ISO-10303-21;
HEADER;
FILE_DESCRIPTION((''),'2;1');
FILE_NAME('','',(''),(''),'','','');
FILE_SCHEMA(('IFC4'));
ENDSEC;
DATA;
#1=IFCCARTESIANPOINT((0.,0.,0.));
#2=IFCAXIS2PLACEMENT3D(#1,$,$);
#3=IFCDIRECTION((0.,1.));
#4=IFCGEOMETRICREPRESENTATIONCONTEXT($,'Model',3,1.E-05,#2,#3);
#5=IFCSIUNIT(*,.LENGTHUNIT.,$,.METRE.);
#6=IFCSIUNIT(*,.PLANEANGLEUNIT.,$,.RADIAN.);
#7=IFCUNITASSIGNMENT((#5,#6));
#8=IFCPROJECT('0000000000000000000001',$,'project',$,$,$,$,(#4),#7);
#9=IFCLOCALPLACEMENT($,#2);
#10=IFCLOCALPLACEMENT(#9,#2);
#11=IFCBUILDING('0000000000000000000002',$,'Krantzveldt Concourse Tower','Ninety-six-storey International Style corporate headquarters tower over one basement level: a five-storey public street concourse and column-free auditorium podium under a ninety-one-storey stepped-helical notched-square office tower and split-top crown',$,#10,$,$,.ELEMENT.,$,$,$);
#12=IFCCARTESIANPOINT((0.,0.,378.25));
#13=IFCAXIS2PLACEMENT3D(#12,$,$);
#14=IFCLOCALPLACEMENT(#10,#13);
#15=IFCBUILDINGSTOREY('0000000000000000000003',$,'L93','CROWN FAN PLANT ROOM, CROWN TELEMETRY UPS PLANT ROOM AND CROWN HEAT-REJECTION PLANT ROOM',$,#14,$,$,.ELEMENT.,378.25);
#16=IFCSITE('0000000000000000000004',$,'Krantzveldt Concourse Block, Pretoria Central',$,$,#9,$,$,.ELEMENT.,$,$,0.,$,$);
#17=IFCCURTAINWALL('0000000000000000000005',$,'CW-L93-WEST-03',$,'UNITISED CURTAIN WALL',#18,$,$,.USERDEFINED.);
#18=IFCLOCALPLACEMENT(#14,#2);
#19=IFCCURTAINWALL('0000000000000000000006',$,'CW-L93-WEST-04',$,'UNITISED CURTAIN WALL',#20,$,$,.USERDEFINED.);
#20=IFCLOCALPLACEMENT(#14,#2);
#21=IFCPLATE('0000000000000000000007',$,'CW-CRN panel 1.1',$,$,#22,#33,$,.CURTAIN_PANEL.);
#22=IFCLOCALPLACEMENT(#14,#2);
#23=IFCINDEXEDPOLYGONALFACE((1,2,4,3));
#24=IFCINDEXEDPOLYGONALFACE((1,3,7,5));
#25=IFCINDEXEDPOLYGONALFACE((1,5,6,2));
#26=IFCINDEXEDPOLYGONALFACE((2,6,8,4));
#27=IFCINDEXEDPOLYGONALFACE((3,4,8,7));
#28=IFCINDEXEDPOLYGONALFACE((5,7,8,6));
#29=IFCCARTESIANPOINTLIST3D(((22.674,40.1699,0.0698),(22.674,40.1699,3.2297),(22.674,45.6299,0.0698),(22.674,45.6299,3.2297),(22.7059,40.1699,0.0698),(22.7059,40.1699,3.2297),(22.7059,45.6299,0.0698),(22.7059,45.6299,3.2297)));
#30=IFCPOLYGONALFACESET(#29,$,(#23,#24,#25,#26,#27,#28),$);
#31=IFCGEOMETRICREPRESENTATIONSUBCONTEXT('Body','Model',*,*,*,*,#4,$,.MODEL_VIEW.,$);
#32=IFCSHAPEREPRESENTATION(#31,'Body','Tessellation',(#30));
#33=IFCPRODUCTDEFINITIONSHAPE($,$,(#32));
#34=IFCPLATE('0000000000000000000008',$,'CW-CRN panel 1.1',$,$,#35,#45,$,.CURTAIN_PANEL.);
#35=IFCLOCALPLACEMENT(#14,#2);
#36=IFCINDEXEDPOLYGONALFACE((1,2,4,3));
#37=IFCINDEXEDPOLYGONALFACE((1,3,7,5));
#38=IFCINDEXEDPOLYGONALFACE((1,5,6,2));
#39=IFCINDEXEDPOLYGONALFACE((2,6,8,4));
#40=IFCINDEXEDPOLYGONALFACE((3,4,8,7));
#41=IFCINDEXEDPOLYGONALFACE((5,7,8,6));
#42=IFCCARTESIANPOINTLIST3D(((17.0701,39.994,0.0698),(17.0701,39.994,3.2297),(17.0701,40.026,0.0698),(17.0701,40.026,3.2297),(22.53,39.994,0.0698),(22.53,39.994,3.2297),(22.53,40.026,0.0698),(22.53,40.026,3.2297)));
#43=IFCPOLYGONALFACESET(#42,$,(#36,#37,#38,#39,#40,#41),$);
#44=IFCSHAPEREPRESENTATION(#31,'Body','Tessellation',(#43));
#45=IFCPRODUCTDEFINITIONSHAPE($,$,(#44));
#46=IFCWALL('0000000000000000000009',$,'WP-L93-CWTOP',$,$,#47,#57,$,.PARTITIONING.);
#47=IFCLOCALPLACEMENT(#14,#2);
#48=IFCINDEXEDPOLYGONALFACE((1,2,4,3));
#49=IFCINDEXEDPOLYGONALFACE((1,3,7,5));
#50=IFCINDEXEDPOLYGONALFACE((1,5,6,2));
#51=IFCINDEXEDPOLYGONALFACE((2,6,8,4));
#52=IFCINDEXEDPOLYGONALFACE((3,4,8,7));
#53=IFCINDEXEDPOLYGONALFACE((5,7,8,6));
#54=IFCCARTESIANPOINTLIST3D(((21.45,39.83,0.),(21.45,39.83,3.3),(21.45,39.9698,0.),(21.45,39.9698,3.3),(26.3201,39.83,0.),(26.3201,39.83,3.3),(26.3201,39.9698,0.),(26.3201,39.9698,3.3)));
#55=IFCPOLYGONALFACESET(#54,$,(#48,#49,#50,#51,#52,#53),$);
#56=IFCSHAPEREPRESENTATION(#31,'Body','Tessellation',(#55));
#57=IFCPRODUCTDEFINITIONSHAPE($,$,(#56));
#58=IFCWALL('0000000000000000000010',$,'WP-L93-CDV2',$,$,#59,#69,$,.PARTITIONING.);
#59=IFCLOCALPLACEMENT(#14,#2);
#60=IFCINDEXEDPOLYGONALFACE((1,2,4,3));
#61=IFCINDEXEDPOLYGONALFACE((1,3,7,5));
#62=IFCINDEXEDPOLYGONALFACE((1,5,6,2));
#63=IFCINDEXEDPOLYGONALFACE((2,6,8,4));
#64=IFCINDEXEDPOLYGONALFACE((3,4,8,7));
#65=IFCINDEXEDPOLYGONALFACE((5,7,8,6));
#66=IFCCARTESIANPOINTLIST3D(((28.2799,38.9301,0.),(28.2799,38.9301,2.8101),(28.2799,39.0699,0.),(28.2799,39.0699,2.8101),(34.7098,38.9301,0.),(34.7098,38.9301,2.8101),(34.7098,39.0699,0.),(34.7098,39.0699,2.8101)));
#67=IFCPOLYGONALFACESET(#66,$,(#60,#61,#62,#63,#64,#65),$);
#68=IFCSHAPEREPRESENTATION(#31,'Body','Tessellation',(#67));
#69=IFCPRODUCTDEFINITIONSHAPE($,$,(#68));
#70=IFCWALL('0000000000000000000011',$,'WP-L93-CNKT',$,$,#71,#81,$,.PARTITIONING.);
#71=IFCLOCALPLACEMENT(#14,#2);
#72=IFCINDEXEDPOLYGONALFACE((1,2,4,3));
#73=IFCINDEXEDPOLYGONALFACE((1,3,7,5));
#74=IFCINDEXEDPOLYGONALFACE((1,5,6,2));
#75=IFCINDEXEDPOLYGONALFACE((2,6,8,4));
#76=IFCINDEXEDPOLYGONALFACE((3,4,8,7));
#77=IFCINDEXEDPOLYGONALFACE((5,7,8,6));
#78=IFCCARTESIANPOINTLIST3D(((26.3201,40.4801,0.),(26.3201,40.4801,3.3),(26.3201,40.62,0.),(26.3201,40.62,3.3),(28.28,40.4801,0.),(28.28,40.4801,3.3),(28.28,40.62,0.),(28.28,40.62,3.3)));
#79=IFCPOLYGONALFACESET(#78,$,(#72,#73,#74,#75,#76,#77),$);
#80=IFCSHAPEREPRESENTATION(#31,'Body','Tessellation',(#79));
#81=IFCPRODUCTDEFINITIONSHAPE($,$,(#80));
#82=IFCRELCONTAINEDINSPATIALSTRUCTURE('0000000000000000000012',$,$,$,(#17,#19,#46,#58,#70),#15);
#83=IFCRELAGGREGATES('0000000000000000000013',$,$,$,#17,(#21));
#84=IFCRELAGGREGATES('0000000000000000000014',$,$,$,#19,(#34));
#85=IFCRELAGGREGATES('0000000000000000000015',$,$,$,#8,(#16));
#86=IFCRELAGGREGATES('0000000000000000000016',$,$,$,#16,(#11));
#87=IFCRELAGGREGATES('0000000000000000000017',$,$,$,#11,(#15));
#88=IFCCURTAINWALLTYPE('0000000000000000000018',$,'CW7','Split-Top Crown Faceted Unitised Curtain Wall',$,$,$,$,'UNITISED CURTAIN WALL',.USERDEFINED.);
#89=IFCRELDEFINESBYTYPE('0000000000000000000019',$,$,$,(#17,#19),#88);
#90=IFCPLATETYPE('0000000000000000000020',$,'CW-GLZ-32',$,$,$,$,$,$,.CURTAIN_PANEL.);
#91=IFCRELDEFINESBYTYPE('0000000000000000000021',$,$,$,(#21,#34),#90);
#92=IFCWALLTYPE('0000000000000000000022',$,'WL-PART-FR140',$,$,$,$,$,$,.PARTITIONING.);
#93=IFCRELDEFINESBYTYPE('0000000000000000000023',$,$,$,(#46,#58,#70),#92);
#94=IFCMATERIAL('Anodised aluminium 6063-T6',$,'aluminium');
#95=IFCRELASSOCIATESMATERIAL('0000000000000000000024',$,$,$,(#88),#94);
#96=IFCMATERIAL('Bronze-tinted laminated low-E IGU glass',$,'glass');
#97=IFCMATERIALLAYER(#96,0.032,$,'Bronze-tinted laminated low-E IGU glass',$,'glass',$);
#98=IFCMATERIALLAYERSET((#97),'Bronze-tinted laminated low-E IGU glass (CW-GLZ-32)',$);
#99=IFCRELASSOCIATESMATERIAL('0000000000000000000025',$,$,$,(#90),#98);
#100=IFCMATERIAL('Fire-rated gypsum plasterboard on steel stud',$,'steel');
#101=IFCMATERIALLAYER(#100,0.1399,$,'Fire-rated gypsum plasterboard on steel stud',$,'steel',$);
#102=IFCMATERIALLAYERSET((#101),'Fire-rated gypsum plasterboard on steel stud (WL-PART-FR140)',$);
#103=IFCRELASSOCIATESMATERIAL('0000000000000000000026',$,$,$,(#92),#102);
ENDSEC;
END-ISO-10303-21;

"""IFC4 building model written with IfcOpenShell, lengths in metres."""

from ifc_helpers import new_model, si_unit, direction, frame, frame_2d, origin, origin_2d, place, context, subcontext, project, spatial, rectangle, extrude, source, transform, mapped, material, layer, layer_set, type_object, element, aggregate, save


model = new_model("IFC4")

# Units and contexts
model_context = context("Model", 3, precision=1e-05, world=origin(), true_north=direction((0.0, 1.0)))
body_context = subcontext(model_context, "Body", "Model", "MODEL_VIEW")
ifc_project = project(units=[si_unit("LENGTHUNIT", "METRE"), si_unit("PLANEANGLEUNIT", "RADIAN")], contexts=[model_context])

# Site, building, storey
site_placement = place(None, origin())
site = spatial("IfcSite", under=ifc_project, at=site_placement, Name="Krantzveldt Concourse Block, Pretoria Central", CompositionType="ELEMENT", RefElevation=0.0)
building_placement = place(site_placement, origin())
building = spatial("IfcBuilding", under=site, at=building_placement, Name="Krantzveldt Concourse Tower", Description="Ninety-six-storey International Style corporate headquarters tower over one basement level: a five-storey public street concourse and column-free auditorium podium under a ninety-one-storey stepped-helical notched-square office tower and split-top crown", CompositionType="ELEMENT")
storey_placement = place(building_placement, frame((0.0, 0.0, 378.25)))
storey = spatial("IfcBuildingStorey", under=building, at=storey_placement, Name="L93", Description="CROWN FAN PLANT ROOM, CROWN TELEMETRY UPS PLANT ROOM AND CROWN HEAT-REJECTION PLANT ROOM", CompositionType="ELEMENT", Elevation=378.25)

# Curtain walls
ifc_material_1 = material(Name="Anodised aluminium 6063-T6", Category="aluminium")
curtain_wall_type = type_object("IfcCurtainWallType", Name="CW7", Description="Split-Top Crown Faceted Unitised Curtain Wall", ElementType="UNITISED CURTAIN WALL", PredefinedType="USERDEFINED", material=ifc_material_1)
curtain_wall_1_placement = place(storey_placement, origin())
curtain_wall_1 = element("IfcCurtainWall", 1, at=curtain_wall_1_placement, inside=storey, type_object=curtain_wall_type, Name="CW-L93-WEST-03", ObjectType="UNITISED CURTAIN WALL", PredefinedType="USERDEFINED")
curtain_wall_2_placement = place(storey_placement, origin())
curtain_wall_2 = element("IfcCurtainWall", 2, at=curtain_wall_2_placement, inside=storey, type_object=curtain_wall_type, Name="CW-L93-WEST-04", ObjectType="UNITISED CURTAIN WALL", PredefinedType="USERDEFINED")

# Plates
ifc_material_2 = material(Name="Bronze-tinted laminated low-E IGU glass", Category="glass")
ifc_layer_1 = layer(ifc_material_2, 0.032, Name="Bronze-tinted laminated low-E IGU glass", Category="glass")
ifc_layer_set_1 = layer_set([ifc_layer_1], Name="Bronze-tinted laminated low-E IGU glass (CW-GLZ-32)")
plate_type_1 = type_object("IfcPlateType", Name="CW-GLZ-32", PredefinedType="CURTAIN_PANEL", material=ifc_layer_set_1)
shared_shape_1 = source(origin(), body_context, "Body", "SweptSolid", [
    extrude(rectangle(XDim=5.46, YDim=0.032, at=origin_2d()), origin(), (0.0, 0.0, 1.0), 3.1599),
])
plate_1_placement = place(storey_placement, frame((22.6899, 42.8999, 0.0698), z_axis=(0.0, 0.0, 1.0), x_axis=(0.0, -1.0, 0.0)))
plate_1 = element("IfcPlate", 3, at=plate_1_placement, type_object=plate_type_1, Name="CW-CRN panel 1.1", PredefinedType="CURTAIN_PANEL", context=body_context, shape_type="MappedRepresentation", body=[
    mapped(shared_shape_1, transform((0.0, 0.0, 0.0), x_axis=(1.0, 0.0, 0.0), y_axis=(0.0, 1.0, 0.0), z_axis=(0.0, 0.0, 1.0), scale=1.0)),
])
aggregate(curtain_wall_1, [plate_1])
plate_2_placement = place(storey_placement, frame((19.8, 40.01, 0.0698), z_axis=(0.0, 0.0, 1.0), x_axis=(-1.0, 0.0, 0.0)))
plate_2 = element("IfcPlate", 4, at=plate_2_placement, type_object=plate_type_1, Name="CW-CRN panel 1.1", PredefinedType="CURTAIN_PANEL", context=body_context, shape_type="MappedRepresentation", body=[
    mapped(shared_shape_1, transform((0.0, 0.0, 0.0), x_axis=(1.0, 0.0, 0.0), y_axis=(0.0, 1.0, 0.0), z_axis=(0.0, 0.0, 1.0), scale=1.0)),
])
aggregate(curtain_wall_2, [plate_2])

# Walls
ifc_material_3 = material(Name="Fire-rated gypsum plasterboard on steel stud", Category="steel")
ifc_layer_2 = layer(ifc_material_3, 0.1399, Name="Fire-rated gypsum plasterboard on steel stud", Category="steel")
ifc_layer_set_2 = layer_set([ifc_layer_2], Name="Fire-rated gypsum plasterboard on steel stud (WL-PART-FR140)")
wall_type = type_object("IfcWallType", Name="WL-PART-FR140", PredefinedType="PARTITIONING", material=ifc_layer_set_2)
wall_1_placement = place(storey_placement, frame((21.45, 39.8999, 0.0), z_axis=(0.0, 0.0, 1.0), x_axis=(1.0, 0.0, 0.0)))
element("IfcWall", 5, at=wall_1_placement, inside=storey, type_object=wall_type, Name="WP-L93-CWTOP", PredefinedType="PARTITIONING", context=body_context, shape_type="SweptSolid", body=[
    extrude(rectangle(XDim=4.8701, YDim=0.1399, at=frame_2d((2.4351, 0.0))), origin(), (0.0, 0.0, 1.0), 3.3),
])
wall_2_placement = place(storey_placement, frame((28.28, 39.0, 0.0), z_axis=(0.0, 0.0, 1.0), x_axis=(1.0, 0.0, 0.0)))
element("IfcWall", 6, at=wall_2_placement, inside=storey, type_object=wall_type, Name="WP-L93-CDV2", PredefinedType="PARTITIONING", context=body_context, shape_type="SweptSolid", body=[
    extrude(rectangle(XDim=6.4299, YDim=0.1399, at=frame_2d((3.2148, 0.0))), origin(), (0.0, 0.0, 1.0), 2.8101),
])
wall_3_placement = place(storey_placement, frame((26.3201, 40.55, 0.0), z_axis=(0.0, 0.0, 1.0), x_axis=(1.0, 0.0, 0.0)))
element("IfcWall", 7, at=wall_3_placement, inside=storey, type_object=wall_type, Name="WP-L93-CNKT", PredefinedType="PARTITIONING", context=body_context, shape_type="SweptSolid", body=[
    extrude(rectangle(XDim=1.96, YDim=0.1399, at=frame_2d((0.98, 0.0))), origin(), (0.0, 0.0, 1.0), 3.3),
])

save(model, "model.ifc")
